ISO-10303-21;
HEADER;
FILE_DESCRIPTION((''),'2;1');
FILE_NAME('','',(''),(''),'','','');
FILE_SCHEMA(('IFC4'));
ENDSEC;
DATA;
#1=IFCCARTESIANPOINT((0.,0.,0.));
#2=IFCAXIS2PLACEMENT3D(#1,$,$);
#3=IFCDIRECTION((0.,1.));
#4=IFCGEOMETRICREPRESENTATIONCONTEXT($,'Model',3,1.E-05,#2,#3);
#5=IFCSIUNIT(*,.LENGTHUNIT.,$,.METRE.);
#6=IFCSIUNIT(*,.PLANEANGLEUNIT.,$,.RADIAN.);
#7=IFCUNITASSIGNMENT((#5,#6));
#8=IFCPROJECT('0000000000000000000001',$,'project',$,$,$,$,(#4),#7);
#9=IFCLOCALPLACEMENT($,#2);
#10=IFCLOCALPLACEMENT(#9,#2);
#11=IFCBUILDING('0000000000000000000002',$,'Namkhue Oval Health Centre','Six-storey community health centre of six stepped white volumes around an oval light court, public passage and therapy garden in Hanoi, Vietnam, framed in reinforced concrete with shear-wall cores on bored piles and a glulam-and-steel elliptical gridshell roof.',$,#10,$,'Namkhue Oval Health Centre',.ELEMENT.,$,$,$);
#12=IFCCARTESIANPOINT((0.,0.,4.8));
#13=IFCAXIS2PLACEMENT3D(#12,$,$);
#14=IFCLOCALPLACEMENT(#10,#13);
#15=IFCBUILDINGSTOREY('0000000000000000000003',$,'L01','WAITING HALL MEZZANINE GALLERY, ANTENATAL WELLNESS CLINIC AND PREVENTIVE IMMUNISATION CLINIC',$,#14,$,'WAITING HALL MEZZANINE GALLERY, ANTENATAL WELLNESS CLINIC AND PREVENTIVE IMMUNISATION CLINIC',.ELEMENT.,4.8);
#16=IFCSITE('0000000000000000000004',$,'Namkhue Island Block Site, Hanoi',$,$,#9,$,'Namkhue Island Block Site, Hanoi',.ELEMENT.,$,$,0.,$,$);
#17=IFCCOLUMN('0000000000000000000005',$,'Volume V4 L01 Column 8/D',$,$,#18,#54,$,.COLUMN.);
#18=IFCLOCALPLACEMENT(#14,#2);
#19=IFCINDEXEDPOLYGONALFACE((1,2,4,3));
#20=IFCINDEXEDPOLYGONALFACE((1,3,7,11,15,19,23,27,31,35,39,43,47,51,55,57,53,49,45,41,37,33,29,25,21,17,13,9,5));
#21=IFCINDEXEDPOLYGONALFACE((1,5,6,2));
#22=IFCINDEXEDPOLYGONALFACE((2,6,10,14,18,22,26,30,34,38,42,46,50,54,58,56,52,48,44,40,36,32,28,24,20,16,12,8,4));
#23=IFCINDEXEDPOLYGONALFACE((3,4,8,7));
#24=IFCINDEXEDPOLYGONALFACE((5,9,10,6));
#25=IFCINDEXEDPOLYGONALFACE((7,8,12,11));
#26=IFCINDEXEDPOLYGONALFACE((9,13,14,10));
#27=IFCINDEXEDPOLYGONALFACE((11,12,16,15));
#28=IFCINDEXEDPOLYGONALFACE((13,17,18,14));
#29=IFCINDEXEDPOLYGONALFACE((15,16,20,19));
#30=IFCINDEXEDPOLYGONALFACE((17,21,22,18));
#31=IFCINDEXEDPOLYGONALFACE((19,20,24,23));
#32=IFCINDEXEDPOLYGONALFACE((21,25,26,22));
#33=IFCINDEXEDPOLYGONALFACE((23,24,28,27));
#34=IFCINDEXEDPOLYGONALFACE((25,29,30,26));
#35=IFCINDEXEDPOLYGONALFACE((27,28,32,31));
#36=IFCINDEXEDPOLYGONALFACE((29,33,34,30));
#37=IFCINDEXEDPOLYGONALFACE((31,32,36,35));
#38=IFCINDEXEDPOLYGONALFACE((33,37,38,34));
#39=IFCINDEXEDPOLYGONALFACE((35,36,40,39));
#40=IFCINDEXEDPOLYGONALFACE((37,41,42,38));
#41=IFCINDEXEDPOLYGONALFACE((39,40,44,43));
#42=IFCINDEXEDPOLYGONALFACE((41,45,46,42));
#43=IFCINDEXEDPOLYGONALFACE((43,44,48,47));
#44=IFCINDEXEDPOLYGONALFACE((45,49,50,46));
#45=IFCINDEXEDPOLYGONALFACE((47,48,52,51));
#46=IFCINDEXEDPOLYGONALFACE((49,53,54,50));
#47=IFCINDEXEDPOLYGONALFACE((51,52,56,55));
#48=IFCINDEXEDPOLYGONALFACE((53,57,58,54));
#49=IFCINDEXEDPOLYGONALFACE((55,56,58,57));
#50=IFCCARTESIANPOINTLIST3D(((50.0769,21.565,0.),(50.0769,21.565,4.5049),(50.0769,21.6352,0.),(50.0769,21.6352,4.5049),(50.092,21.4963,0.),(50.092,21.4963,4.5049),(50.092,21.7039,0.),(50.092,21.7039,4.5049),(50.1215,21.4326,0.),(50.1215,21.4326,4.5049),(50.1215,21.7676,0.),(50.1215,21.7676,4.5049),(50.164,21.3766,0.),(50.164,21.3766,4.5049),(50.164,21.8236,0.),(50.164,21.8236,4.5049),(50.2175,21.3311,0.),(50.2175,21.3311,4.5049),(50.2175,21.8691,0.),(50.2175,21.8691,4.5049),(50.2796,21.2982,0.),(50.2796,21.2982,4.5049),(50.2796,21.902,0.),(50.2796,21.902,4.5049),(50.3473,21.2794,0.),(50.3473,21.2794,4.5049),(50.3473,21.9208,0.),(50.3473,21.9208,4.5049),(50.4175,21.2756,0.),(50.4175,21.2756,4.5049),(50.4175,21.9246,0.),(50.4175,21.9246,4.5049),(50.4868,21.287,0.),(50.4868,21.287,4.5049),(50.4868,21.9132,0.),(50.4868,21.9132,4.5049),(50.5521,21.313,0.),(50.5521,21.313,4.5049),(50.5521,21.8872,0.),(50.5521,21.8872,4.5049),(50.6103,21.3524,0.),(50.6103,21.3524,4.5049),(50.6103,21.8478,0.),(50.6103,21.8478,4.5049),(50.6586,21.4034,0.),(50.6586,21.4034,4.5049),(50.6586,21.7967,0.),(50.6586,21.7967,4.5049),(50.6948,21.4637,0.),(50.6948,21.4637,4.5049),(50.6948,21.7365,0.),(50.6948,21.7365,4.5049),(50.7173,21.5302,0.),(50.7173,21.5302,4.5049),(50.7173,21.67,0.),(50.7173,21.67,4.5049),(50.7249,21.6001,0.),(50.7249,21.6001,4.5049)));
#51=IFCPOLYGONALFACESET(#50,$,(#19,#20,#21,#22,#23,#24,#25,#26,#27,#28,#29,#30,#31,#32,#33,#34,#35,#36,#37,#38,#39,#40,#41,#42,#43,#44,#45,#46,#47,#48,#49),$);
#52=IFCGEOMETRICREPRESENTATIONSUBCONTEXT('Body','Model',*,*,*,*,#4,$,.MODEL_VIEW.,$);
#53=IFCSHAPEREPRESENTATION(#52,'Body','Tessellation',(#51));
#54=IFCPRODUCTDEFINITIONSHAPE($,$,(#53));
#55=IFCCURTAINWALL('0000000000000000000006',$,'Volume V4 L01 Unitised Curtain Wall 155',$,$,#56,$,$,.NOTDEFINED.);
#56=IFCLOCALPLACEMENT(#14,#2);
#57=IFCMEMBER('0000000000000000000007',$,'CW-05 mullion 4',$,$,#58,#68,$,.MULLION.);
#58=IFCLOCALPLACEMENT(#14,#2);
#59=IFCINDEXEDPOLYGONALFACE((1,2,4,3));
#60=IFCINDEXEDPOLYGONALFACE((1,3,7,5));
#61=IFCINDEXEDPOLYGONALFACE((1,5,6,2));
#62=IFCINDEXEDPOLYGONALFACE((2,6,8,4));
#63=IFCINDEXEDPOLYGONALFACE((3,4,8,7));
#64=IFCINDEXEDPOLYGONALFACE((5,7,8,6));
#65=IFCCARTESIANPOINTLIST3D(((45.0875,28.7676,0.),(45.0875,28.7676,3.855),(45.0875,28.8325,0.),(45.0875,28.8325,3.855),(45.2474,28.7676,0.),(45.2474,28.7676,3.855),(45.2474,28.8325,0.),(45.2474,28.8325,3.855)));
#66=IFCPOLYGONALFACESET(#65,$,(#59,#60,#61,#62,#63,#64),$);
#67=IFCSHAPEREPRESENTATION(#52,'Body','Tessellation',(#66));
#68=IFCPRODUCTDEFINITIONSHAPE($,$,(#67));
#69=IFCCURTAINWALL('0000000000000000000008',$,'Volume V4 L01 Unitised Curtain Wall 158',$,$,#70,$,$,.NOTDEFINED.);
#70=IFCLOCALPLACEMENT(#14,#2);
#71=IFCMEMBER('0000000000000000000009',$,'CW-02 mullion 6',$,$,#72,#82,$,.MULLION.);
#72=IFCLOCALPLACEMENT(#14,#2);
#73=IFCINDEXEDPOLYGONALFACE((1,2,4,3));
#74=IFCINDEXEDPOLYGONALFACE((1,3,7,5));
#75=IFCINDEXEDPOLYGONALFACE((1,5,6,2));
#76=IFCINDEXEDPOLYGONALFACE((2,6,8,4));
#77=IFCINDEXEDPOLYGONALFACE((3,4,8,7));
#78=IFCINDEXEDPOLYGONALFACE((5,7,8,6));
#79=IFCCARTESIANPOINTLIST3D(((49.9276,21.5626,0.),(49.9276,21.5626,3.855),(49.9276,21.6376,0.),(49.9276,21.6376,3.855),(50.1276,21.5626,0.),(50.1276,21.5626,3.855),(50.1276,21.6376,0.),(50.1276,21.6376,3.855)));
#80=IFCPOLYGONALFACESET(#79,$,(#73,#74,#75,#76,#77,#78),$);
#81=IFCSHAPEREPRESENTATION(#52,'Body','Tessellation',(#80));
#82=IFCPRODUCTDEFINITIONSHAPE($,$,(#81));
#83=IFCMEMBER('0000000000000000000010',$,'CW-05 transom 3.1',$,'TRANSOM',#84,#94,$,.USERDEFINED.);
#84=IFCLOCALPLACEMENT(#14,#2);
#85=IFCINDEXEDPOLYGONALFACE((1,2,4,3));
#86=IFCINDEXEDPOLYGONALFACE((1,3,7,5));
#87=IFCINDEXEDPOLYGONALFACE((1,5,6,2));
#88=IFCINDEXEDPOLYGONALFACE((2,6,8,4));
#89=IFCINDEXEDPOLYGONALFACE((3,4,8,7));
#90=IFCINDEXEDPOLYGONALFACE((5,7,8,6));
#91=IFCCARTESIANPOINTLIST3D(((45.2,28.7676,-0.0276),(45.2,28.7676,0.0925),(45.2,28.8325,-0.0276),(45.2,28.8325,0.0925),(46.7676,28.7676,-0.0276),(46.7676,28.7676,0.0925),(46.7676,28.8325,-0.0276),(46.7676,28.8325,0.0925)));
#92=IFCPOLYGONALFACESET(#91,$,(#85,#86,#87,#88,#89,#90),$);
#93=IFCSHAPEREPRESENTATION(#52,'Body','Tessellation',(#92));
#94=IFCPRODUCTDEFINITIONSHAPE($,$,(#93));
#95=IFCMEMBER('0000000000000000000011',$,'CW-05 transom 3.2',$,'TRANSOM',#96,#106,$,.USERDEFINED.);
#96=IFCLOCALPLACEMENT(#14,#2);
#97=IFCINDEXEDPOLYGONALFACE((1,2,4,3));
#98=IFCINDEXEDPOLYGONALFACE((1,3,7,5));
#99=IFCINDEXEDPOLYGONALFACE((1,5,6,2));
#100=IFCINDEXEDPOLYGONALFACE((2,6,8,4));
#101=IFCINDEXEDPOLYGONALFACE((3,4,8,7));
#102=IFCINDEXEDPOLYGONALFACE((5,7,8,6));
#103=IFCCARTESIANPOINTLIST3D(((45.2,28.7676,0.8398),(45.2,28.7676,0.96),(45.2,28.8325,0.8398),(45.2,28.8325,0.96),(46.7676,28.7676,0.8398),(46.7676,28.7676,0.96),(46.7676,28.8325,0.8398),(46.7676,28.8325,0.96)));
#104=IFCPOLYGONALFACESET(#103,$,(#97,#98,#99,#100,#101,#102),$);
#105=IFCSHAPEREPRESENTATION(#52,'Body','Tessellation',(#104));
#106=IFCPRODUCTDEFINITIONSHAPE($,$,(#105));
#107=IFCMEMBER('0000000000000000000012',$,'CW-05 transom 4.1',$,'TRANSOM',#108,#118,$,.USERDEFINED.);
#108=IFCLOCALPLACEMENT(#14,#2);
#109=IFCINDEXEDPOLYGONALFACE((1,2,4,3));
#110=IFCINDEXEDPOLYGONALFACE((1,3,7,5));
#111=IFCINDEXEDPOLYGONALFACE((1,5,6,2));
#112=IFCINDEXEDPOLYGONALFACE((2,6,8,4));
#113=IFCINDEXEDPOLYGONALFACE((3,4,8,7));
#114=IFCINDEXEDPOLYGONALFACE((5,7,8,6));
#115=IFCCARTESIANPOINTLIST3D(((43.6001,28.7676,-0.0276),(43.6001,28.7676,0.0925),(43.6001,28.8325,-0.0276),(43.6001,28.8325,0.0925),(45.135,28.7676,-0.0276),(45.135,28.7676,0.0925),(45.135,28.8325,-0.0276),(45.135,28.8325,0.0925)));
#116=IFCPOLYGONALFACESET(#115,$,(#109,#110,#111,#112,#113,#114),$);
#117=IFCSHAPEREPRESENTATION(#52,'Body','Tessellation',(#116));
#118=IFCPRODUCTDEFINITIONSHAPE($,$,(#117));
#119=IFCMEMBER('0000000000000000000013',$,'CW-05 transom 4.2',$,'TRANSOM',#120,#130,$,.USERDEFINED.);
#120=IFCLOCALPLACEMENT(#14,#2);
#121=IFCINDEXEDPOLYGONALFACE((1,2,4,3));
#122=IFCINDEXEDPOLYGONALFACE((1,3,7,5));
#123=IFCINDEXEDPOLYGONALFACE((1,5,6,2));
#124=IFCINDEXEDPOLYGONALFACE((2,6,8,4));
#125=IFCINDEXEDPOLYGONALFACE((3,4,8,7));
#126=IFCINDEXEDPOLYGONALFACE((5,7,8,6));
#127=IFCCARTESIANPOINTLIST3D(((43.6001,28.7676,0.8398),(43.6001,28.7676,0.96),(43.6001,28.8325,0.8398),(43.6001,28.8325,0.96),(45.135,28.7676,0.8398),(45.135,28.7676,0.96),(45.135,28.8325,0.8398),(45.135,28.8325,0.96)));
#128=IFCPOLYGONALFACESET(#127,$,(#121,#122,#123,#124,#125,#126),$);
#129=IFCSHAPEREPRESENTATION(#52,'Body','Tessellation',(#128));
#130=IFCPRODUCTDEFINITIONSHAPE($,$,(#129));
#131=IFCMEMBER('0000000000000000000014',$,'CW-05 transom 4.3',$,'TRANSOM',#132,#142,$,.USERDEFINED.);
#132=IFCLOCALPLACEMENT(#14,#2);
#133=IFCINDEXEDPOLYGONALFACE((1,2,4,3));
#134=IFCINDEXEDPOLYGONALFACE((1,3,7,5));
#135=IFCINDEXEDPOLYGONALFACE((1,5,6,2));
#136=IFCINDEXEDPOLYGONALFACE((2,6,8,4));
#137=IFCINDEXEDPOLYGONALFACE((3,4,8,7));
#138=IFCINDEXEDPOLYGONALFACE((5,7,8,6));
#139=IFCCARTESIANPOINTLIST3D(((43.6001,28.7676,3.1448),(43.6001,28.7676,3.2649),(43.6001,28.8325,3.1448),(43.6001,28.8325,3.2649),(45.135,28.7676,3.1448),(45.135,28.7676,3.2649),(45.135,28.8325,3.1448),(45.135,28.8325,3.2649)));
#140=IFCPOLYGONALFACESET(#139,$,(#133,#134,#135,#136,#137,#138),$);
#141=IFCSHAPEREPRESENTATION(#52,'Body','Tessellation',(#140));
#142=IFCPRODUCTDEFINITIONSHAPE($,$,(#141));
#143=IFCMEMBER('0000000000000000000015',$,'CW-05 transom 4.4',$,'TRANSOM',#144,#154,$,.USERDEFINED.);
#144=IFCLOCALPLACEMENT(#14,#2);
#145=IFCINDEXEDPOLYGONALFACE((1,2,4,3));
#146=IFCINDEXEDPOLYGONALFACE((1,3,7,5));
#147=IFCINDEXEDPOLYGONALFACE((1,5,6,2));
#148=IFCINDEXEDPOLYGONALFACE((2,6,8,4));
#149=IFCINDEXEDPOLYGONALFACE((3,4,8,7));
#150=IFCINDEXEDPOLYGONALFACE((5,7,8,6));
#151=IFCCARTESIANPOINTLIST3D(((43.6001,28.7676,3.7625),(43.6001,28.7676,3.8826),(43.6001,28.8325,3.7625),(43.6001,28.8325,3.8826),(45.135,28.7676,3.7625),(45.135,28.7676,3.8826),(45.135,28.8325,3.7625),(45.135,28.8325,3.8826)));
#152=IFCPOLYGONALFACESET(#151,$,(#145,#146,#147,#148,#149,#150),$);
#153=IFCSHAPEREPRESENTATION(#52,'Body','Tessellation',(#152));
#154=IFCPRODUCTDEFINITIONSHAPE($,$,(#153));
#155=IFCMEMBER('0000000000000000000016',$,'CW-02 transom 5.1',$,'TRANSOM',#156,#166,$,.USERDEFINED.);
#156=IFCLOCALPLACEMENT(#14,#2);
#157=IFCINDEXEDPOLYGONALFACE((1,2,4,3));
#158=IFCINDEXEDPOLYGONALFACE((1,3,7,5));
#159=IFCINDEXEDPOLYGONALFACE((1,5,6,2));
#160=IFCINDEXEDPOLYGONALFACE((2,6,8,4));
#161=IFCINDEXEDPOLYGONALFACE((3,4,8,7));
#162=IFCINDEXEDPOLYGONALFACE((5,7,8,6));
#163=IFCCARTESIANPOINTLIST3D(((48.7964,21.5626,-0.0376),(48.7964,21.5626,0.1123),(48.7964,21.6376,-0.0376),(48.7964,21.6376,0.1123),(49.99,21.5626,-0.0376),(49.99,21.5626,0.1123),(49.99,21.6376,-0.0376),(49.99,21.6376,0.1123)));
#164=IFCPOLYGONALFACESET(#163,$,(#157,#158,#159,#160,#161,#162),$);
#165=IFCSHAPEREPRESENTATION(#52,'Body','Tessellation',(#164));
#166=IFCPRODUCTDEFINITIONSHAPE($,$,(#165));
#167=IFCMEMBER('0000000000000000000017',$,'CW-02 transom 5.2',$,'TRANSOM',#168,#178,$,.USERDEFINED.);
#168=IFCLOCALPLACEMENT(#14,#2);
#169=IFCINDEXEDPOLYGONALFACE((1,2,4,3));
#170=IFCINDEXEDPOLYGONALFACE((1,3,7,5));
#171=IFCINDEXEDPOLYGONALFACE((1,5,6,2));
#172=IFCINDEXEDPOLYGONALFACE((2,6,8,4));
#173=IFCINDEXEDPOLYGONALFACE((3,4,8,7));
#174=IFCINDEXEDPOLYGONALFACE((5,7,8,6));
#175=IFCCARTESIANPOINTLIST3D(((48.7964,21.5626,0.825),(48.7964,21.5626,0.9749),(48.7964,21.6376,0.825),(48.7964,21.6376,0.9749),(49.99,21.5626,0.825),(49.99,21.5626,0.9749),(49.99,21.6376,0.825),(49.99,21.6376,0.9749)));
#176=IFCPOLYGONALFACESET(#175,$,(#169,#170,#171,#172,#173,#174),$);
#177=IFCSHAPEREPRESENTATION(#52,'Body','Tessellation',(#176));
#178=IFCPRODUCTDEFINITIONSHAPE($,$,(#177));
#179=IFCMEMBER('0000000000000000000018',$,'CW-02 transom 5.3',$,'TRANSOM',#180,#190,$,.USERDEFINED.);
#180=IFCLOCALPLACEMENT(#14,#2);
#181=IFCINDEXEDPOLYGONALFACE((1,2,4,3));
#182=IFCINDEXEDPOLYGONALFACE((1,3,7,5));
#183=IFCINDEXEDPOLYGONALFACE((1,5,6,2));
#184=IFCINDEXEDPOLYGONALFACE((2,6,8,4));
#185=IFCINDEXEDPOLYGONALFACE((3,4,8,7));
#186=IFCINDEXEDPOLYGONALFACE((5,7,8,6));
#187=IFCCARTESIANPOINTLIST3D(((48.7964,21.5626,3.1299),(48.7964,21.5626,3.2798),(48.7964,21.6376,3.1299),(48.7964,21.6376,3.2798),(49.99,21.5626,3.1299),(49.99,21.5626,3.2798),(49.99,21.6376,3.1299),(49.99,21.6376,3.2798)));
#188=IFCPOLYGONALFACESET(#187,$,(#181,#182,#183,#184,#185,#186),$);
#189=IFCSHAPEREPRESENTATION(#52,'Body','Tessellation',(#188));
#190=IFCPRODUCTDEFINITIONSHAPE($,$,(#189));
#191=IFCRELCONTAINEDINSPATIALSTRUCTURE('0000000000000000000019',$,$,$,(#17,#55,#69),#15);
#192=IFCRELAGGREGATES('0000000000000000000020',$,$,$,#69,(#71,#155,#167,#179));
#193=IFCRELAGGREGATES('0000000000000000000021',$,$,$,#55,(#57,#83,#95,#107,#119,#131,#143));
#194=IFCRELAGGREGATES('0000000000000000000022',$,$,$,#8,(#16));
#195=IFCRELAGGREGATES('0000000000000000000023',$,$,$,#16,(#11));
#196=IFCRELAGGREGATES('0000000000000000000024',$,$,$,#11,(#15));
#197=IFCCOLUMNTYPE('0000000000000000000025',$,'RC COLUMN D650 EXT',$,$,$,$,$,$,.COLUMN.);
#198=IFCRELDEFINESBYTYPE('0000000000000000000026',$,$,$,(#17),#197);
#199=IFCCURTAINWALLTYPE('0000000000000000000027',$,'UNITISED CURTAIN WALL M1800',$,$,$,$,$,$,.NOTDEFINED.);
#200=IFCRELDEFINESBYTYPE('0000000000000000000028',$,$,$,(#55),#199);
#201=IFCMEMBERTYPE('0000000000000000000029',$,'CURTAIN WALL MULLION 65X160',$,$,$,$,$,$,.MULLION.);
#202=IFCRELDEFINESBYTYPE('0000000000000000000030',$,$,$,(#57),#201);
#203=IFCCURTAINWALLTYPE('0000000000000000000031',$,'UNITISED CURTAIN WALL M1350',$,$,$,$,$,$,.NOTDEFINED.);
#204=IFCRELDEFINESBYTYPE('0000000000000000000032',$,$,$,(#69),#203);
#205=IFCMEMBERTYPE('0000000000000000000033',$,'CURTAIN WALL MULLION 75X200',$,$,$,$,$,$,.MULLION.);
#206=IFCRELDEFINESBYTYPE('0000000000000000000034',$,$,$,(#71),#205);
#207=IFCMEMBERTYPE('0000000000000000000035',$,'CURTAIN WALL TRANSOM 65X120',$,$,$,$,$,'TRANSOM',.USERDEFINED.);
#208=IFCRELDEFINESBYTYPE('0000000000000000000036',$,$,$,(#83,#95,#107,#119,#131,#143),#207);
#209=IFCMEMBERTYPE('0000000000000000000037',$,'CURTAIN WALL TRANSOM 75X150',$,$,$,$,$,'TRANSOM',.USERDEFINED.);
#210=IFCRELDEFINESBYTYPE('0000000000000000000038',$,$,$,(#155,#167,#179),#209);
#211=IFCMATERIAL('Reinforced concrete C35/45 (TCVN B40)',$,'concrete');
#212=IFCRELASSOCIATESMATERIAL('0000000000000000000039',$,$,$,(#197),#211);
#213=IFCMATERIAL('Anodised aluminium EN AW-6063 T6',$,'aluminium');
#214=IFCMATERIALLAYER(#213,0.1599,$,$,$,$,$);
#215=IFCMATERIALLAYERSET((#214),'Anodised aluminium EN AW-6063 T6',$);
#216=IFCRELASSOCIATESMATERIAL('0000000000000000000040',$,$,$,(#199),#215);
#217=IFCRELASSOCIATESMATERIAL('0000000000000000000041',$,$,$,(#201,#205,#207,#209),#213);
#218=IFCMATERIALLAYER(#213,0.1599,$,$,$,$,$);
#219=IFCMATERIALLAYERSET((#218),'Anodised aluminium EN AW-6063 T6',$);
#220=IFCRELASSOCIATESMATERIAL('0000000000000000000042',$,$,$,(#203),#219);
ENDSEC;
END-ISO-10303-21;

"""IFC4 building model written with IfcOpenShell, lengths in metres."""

from ifc_helpers import new_model, si_unit, direction, frame, origin, origin_2d, place, context, subcontext, project, spatial, rectangle, circle, extrude, material, layer, layer_set, material_profile, profile_set, type_object, element, aggregate, save


model = new_model("IFC4")

# Units and contexts
model_context = context("Model", 3, precision=1e-05, world=origin(), true_north=direction((0.0, 1.0)))
body_context = subcontext(model_context, "Body", "Model", "MODEL_VIEW")
ifc_project = project(units=[si_unit("LENGTHUNIT", "METRE"), si_unit("PLANEANGLEUNIT", "RADIAN")], contexts=[model_context])

# Site, building, storey
site_placement = place(None, origin())
site = spatial("IfcSite", under=ifc_project, at=site_placement, Name="Namkhue Island Block Site, Hanoi", LongName="Namkhue Island Block Site, Hanoi", CompositionType="ELEMENT", RefElevation=0.0)
building_placement = place(site_placement, origin())
building = spatial("IfcBuilding", under=site, at=building_placement, Name="Namkhue Oval Health Centre", Description="Six-storey community health centre of six stepped white volumes around an oval light court, public passage and therapy garden in Hanoi, Vietnam, framed in reinforced concrete with shear-wall cores on bored piles and a glulam-and-steel elliptical gridshell roof.", LongName="Namkhue Oval Health Centre", CompositionType="ELEMENT")
storey_placement = place(building_placement, frame((0.0, 0.0, 4.8)))
storey = spatial("IfcBuildingStorey", under=building, at=storey_placement, Name="L01", Description="WAITING HALL MEZZANINE GALLERY, ANTENATAL WELLNESS CLINIC AND PREVENTIVE IMMUNISATION CLINIC", LongName="WAITING HALL MEZZANINE GALLERY, ANTENATAL WELLNESS CLINIC AND PREVENTIVE IMMUNISATION CLINIC", CompositionType="ELEMENT", Elevation=4.8)

# Column
ifc_material_1 = material(Name="Reinforced concrete C35/45 (TCVN B40)", Category="concrete")
ifc_material_profile_1 = material_profile(ifc_material_1, circle(Radius=0.325, at=origin_2d()), Name="RC D650")
ifc_profile_set_1 = profile_set([ifc_material_profile_1], Name="Reinforced concrete C35/45 (TCVN B40)")
column_type = type_object("IfcColumnType", Name="RC COLUMN D650 EXT", PredefinedType="COLUMN", material=ifc_profile_set_1)
column_placement = place(storey_placement, frame((50.3999, 21.6001, 0.0), z_axis=(0.0, 0.0, 1.0), x_axis=(1.0, 0.0, 0.0)))
element("IfcColumn", 1, at=column_placement, inside=storey, type_object=column_type, Name="Volume V4 L01 Column 8/D", PredefinedType="COLUMN", context=body_context, shape_type="SweptSolid", body=[
    extrude(circle(Radius=0.325, at=origin_2d()), origin(), (0.0, 0.0, 1.0), 4.5049),
])

# Curtain walls, members
ifc_material_2 = material(Name="Anodised aluminium EN AW-6063 T6", Category="aluminium")
ifc_layer_1 = layer(ifc_material_2, 0.1599)
ifc_layer_set_1 = layer_set([ifc_layer_1], Name="Anodised aluminium EN AW-6063 T6")
curtain_wall_type_1 = type_object("IfcCurtainWallType", Name="UNITISED CURTAIN WALL M1800", PredefinedType="NOTDEFINED", material=ifc_layer_set_1)
curtain_wall_1_placement = place(storey_placement, origin())
curtain_wall_1 = element("IfcCurtainWall", 2, at=curtain_wall_1_placement, inside=storey, type_object=curtain_wall_type_1, Name="Volume V4 L01 Unitised Curtain Wall 155", PredefinedType="NOTDEFINED")
ifc_material_profile_2 = material_profile(ifc_material_2, rectangle(XDim=0.0649, YDim=0.1599, at=origin_2d()), Name="ALU 65x160")
ifc_profile_set_2 = profile_set([ifc_material_profile_2], Name="Anodised aluminium EN AW-6063 T6")
member_type_1 = type_object("IfcMemberType", Name="CURTAIN WALL MULLION 65X160", PredefinedType="MULLION", material=ifc_profile_set_2)
member_1_placement = place(storey_placement, frame((45.1675, 28.8, 0.0), z_axis=(0.0, 0.0, 1.0), x_axis=(0.0, -1.0, 0.0)))
member_1 = element("IfcMember", 3, at=member_1_placement, type_object=member_type_1, Name="CW-05 mullion 4", PredefinedType="MULLION", context=body_context, shape_type="SweptSolid", body=[
    extrude(rectangle(XDim=0.0649, YDim=0.1599, at=origin_2d()), origin(), (0.0, 0.0, 1.0), 3.855),
])
ifc_layer_2 = layer(ifc_material_2, 0.1599)
ifc_layer_set_2 = layer_set([ifc_layer_2], Name="Anodised aluminium EN AW-6063 T6")
curtain_wall_type_2 = type_object("IfcCurtainWallType", Name="UNITISED CURTAIN WALL M1350", PredefinedType="NOTDEFINED", material=ifc_layer_set_2)
curtain_wall_2_placement = place(storey_placement, origin())
curtain_wall_2 = element("IfcCurtainWall", 4, at=curtain_wall_2_placement, inside=storey, type_object=curtain_wall_type_2, Name="Volume V4 L01 Unitised Curtain Wall 158", PredefinedType="NOTDEFINED")
ifc_material_profile_3 = material_profile(ifc_material_2, rectangle(XDim=0.075, YDim=0.2, at=origin_2d()), Name="ALU 75x200")
ifc_profile_set_3 = profile_set([ifc_material_profile_3], Name="Anodised aluminium EN AW-6063 T6")
member_type_2 = type_object("IfcMemberType", Name="CURTAIN WALL MULLION 75X200", PredefinedType="MULLION", material=ifc_profile_set_3)
member_2_placement = place(storey_placement, frame((50.0276, 21.6001, 0.0), z_axis=(0.0, 0.0, 1.0), x_axis=(0.0, 1.0, 0.0)))
member_2 = element("IfcMember", 5, at=member_2_placement, type_object=member_type_2, Name="CW-02 mullion 6", PredefinedType="MULLION", context=body_context, shape_type="SweptSolid", body=[
    extrude(rectangle(XDim=0.075, YDim=0.2, at=origin_2d()), origin(), (0.0, 0.0, 1.0), 3.855),
])

# Members
ifc_material_profile_4 = material_profile(ifc_material_2, rectangle(XDim=0.0649, YDim=0.1201, at=origin_2d()), Name="ALU 65x120")
ifc_profile_set_4 = profile_set([ifc_material_profile_4], Name="Anodised aluminium EN AW-6063 T6")
member_type_3 = type_object("IfcMemberType", Name="CURTAIN WALL TRANSOM 65X120", ElementType="TRANSOM", PredefinedType="USERDEFINED", material=ifc_profile_set_4)
member_3_placement = place(storey_placement, frame((46.7676, 28.8, 0.0325), z_axis=(-1.0, 0.0, 0.0), x_axis=(0.0, -1.0, 0.0)))
member_3 = element("IfcMember", 6, at=member_3_placement, type_object=member_type_3, Name="CW-05 transom 3.1", ObjectType="TRANSOM", PredefinedType="USERDEFINED", context=body_context, shape_type="SweptSolid", body=[
    extrude(rectangle(XDim=0.0649, YDim=0.1201, at=origin_2d()), origin(), (0.0, 0.0, 1.0), 1.5676),
])
member_4_placement = place(storey_placement, frame((46.7676, 28.8, 0.8999), z_axis=(-1.0, 0.0, 0.0), x_axis=(0.0, -1.0, 0.0)))
member_4 = element("IfcMember", 7, at=member_4_placement, type_object=member_type_3, Name="CW-05 transom 3.2", ObjectType="TRANSOM", PredefinedType="USERDEFINED", context=body_context, shape_type="SweptSolid", body=[
    extrude(rectangle(XDim=0.0649, YDim=0.1201, at=origin_2d()), origin(), (0.0, 0.0, 1.0), 1.5676),
])
member_5_placement = place(storey_placement, frame((45.135, 28.8, 0.0325), z_axis=(-1.0, 0.0, 0.0), x_axis=(0.0, -1.0, 0.0)))
member_5 = element("IfcMember", 8, at=member_5_placement, type_object=member_type_3, Name="CW-05 transom 4.1", ObjectType="TRANSOM", PredefinedType="USERDEFINED", context=body_context, shape_type="SweptSolid", body=[
    extrude(rectangle(XDim=0.0649, YDim=0.1201, at=origin_2d()), origin(), (0.0, 0.0, 1.0), 1.5349),
])
member_6_placement = place(storey_placement, frame((45.135, 28.8, 0.8999), z_axis=(-1.0, 0.0, 0.0), x_axis=(0.0, -1.0, 0.0)))
member_6 = element("IfcMember", 9, at=member_6_placement, type_object=member_type_3, Name="CW-05 transom 4.2", ObjectType="TRANSOM", PredefinedType="USERDEFINED", context=body_context, shape_type="SweptSolid", body=[
    extrude(rectangle(XDim=0.0649, YDim=0.1201, at=origin_2d()), origin(), (0.0, 0.0, 1.0), 1.5349),
])
member_7_placement = place(storey_placement, frame((45.135, 28.8, 3.2048), z_axis=(-1.0, 0.0, 0.0), x_axis=(0.0, -1.0, 0.0)))
member_7 = element("IfcMember", 10, at=member_7_placement, type_object=member_type_3, Name="CW-05 transom 4.3", ObjectType="TRANSOM", PredefinedType="USERDEFINED", context=body_context, shape_type="SweptSolid", body=[
    extrude(rectangle(XDim=0.0649, YDim=0.1201, at=origin_2d()), origin(), (0.0, 0.0, 1.0), 1.5349),
])
member_8_placement = place(storey_placement, frame((45.135, 28.8, 3.8225), z_axis=(-1.0, 0.0, 0.0), x_axis=(0.0, -1.0, 0.0)))
member_8 = element("IfcMember", 11, at=member_8_placement, type_object=member_type_3, Name="CW-05 transom 4.4", ObjectType="TRANSOM", PredefinedType="USERDEFINED", context=body_context, shape_type="SweptSolid", body=[
    extrude(rectangle(XDim=0.0649, YDim=0.1201, at=origin_2d()), origin(), (0.0, 0.0, 1.0), 1.5349),
])
ifc_material_profile_5 = material_profile(ifc_material_2, rectangle(XDim=0.075, YDim=0.1499, at=origin_2d()), Name="ALU 75x150")
ifc_profile_set_5 = profile_set([ifc_material_profile_5], Name="Anodised aluminium EN AW-6063 T6")
member_type_4 = type_object("IfcMemberType", Name="CURTAIN WALL TRANSOM 75X150", ElementType="TRANSOM", PredefinedType="USERDEFINED", material=ifc_profile_set_5)
member_9_placement = place(storey_placement, frame((48.7964, 21.6001, 0.0374), z_axis=(1.0, 0.0, 0.0), x_axis=(0.0, 1.0, 0.0)))
member_9 = element("IfcMember", 12, at=member_9_placement, type_object=member_type_4, Name="CW-02 transom 5.1", ObjectType="TRANSOM", PredefinedType="USERDEFINED", context=body_context, shape_type="SweptSolid", body=[
    extrude(rectangle(XDim=0.075, YDim=0.1499, at=origin_2d()), origin(), (0.0, 0.0, 1.0), 1.1936),
])
member_10_placement = place(storey_placement, frame((48.7964, 21.6001, 0.8999), z_axis=(1.0, 0.0, 0.0), x_axis=(0.0, 1.0, 0.0)))
member_10 = element("IfcMember", 13, at=member_10_placement, type_object=member_type_4, Name="CW-02 transom 5.2", ObjectType="TRANSOM", PredefinedType="USERDEFINED", context=body_context, shape_type="SweptSolid", body=[
    extrude(rectangle(XDim=0.075, YDim=0.1499, at=origin_2d()), origin(), (0.0, 0.0, 1.0), 1.1936),
])
member_11_placement = place(storey_placement, frame((48.7964, 21.6001, 3.2048), z_axis=(1.0, 0.0, 0.0), x_axis=(0.0, 1.0, 0.0)))
member_11 = element("IfcMember", 14, at=member_11_placement, type_object=member_type_4, Name="CW-02 transom 5.3", ObjectType="TRANSOM", PredefinedType="USERDEFINED", context=body_context, shape_type="SweptSolid", body=[
    extrude(rectangle(XDim=0.075, YDim=0.1499, at=origin_2d()), origin(), (0.0, 0.0, 1.0), 1.1936),
])

aggregate(curtain_wall_2, [member_2, member_9, member_10, member_11])
aggregate(curtain_wall_1, [member_1, member_3, member_4, member_5, member_6, member_7, member_8])

save(model, "model.ifc")
